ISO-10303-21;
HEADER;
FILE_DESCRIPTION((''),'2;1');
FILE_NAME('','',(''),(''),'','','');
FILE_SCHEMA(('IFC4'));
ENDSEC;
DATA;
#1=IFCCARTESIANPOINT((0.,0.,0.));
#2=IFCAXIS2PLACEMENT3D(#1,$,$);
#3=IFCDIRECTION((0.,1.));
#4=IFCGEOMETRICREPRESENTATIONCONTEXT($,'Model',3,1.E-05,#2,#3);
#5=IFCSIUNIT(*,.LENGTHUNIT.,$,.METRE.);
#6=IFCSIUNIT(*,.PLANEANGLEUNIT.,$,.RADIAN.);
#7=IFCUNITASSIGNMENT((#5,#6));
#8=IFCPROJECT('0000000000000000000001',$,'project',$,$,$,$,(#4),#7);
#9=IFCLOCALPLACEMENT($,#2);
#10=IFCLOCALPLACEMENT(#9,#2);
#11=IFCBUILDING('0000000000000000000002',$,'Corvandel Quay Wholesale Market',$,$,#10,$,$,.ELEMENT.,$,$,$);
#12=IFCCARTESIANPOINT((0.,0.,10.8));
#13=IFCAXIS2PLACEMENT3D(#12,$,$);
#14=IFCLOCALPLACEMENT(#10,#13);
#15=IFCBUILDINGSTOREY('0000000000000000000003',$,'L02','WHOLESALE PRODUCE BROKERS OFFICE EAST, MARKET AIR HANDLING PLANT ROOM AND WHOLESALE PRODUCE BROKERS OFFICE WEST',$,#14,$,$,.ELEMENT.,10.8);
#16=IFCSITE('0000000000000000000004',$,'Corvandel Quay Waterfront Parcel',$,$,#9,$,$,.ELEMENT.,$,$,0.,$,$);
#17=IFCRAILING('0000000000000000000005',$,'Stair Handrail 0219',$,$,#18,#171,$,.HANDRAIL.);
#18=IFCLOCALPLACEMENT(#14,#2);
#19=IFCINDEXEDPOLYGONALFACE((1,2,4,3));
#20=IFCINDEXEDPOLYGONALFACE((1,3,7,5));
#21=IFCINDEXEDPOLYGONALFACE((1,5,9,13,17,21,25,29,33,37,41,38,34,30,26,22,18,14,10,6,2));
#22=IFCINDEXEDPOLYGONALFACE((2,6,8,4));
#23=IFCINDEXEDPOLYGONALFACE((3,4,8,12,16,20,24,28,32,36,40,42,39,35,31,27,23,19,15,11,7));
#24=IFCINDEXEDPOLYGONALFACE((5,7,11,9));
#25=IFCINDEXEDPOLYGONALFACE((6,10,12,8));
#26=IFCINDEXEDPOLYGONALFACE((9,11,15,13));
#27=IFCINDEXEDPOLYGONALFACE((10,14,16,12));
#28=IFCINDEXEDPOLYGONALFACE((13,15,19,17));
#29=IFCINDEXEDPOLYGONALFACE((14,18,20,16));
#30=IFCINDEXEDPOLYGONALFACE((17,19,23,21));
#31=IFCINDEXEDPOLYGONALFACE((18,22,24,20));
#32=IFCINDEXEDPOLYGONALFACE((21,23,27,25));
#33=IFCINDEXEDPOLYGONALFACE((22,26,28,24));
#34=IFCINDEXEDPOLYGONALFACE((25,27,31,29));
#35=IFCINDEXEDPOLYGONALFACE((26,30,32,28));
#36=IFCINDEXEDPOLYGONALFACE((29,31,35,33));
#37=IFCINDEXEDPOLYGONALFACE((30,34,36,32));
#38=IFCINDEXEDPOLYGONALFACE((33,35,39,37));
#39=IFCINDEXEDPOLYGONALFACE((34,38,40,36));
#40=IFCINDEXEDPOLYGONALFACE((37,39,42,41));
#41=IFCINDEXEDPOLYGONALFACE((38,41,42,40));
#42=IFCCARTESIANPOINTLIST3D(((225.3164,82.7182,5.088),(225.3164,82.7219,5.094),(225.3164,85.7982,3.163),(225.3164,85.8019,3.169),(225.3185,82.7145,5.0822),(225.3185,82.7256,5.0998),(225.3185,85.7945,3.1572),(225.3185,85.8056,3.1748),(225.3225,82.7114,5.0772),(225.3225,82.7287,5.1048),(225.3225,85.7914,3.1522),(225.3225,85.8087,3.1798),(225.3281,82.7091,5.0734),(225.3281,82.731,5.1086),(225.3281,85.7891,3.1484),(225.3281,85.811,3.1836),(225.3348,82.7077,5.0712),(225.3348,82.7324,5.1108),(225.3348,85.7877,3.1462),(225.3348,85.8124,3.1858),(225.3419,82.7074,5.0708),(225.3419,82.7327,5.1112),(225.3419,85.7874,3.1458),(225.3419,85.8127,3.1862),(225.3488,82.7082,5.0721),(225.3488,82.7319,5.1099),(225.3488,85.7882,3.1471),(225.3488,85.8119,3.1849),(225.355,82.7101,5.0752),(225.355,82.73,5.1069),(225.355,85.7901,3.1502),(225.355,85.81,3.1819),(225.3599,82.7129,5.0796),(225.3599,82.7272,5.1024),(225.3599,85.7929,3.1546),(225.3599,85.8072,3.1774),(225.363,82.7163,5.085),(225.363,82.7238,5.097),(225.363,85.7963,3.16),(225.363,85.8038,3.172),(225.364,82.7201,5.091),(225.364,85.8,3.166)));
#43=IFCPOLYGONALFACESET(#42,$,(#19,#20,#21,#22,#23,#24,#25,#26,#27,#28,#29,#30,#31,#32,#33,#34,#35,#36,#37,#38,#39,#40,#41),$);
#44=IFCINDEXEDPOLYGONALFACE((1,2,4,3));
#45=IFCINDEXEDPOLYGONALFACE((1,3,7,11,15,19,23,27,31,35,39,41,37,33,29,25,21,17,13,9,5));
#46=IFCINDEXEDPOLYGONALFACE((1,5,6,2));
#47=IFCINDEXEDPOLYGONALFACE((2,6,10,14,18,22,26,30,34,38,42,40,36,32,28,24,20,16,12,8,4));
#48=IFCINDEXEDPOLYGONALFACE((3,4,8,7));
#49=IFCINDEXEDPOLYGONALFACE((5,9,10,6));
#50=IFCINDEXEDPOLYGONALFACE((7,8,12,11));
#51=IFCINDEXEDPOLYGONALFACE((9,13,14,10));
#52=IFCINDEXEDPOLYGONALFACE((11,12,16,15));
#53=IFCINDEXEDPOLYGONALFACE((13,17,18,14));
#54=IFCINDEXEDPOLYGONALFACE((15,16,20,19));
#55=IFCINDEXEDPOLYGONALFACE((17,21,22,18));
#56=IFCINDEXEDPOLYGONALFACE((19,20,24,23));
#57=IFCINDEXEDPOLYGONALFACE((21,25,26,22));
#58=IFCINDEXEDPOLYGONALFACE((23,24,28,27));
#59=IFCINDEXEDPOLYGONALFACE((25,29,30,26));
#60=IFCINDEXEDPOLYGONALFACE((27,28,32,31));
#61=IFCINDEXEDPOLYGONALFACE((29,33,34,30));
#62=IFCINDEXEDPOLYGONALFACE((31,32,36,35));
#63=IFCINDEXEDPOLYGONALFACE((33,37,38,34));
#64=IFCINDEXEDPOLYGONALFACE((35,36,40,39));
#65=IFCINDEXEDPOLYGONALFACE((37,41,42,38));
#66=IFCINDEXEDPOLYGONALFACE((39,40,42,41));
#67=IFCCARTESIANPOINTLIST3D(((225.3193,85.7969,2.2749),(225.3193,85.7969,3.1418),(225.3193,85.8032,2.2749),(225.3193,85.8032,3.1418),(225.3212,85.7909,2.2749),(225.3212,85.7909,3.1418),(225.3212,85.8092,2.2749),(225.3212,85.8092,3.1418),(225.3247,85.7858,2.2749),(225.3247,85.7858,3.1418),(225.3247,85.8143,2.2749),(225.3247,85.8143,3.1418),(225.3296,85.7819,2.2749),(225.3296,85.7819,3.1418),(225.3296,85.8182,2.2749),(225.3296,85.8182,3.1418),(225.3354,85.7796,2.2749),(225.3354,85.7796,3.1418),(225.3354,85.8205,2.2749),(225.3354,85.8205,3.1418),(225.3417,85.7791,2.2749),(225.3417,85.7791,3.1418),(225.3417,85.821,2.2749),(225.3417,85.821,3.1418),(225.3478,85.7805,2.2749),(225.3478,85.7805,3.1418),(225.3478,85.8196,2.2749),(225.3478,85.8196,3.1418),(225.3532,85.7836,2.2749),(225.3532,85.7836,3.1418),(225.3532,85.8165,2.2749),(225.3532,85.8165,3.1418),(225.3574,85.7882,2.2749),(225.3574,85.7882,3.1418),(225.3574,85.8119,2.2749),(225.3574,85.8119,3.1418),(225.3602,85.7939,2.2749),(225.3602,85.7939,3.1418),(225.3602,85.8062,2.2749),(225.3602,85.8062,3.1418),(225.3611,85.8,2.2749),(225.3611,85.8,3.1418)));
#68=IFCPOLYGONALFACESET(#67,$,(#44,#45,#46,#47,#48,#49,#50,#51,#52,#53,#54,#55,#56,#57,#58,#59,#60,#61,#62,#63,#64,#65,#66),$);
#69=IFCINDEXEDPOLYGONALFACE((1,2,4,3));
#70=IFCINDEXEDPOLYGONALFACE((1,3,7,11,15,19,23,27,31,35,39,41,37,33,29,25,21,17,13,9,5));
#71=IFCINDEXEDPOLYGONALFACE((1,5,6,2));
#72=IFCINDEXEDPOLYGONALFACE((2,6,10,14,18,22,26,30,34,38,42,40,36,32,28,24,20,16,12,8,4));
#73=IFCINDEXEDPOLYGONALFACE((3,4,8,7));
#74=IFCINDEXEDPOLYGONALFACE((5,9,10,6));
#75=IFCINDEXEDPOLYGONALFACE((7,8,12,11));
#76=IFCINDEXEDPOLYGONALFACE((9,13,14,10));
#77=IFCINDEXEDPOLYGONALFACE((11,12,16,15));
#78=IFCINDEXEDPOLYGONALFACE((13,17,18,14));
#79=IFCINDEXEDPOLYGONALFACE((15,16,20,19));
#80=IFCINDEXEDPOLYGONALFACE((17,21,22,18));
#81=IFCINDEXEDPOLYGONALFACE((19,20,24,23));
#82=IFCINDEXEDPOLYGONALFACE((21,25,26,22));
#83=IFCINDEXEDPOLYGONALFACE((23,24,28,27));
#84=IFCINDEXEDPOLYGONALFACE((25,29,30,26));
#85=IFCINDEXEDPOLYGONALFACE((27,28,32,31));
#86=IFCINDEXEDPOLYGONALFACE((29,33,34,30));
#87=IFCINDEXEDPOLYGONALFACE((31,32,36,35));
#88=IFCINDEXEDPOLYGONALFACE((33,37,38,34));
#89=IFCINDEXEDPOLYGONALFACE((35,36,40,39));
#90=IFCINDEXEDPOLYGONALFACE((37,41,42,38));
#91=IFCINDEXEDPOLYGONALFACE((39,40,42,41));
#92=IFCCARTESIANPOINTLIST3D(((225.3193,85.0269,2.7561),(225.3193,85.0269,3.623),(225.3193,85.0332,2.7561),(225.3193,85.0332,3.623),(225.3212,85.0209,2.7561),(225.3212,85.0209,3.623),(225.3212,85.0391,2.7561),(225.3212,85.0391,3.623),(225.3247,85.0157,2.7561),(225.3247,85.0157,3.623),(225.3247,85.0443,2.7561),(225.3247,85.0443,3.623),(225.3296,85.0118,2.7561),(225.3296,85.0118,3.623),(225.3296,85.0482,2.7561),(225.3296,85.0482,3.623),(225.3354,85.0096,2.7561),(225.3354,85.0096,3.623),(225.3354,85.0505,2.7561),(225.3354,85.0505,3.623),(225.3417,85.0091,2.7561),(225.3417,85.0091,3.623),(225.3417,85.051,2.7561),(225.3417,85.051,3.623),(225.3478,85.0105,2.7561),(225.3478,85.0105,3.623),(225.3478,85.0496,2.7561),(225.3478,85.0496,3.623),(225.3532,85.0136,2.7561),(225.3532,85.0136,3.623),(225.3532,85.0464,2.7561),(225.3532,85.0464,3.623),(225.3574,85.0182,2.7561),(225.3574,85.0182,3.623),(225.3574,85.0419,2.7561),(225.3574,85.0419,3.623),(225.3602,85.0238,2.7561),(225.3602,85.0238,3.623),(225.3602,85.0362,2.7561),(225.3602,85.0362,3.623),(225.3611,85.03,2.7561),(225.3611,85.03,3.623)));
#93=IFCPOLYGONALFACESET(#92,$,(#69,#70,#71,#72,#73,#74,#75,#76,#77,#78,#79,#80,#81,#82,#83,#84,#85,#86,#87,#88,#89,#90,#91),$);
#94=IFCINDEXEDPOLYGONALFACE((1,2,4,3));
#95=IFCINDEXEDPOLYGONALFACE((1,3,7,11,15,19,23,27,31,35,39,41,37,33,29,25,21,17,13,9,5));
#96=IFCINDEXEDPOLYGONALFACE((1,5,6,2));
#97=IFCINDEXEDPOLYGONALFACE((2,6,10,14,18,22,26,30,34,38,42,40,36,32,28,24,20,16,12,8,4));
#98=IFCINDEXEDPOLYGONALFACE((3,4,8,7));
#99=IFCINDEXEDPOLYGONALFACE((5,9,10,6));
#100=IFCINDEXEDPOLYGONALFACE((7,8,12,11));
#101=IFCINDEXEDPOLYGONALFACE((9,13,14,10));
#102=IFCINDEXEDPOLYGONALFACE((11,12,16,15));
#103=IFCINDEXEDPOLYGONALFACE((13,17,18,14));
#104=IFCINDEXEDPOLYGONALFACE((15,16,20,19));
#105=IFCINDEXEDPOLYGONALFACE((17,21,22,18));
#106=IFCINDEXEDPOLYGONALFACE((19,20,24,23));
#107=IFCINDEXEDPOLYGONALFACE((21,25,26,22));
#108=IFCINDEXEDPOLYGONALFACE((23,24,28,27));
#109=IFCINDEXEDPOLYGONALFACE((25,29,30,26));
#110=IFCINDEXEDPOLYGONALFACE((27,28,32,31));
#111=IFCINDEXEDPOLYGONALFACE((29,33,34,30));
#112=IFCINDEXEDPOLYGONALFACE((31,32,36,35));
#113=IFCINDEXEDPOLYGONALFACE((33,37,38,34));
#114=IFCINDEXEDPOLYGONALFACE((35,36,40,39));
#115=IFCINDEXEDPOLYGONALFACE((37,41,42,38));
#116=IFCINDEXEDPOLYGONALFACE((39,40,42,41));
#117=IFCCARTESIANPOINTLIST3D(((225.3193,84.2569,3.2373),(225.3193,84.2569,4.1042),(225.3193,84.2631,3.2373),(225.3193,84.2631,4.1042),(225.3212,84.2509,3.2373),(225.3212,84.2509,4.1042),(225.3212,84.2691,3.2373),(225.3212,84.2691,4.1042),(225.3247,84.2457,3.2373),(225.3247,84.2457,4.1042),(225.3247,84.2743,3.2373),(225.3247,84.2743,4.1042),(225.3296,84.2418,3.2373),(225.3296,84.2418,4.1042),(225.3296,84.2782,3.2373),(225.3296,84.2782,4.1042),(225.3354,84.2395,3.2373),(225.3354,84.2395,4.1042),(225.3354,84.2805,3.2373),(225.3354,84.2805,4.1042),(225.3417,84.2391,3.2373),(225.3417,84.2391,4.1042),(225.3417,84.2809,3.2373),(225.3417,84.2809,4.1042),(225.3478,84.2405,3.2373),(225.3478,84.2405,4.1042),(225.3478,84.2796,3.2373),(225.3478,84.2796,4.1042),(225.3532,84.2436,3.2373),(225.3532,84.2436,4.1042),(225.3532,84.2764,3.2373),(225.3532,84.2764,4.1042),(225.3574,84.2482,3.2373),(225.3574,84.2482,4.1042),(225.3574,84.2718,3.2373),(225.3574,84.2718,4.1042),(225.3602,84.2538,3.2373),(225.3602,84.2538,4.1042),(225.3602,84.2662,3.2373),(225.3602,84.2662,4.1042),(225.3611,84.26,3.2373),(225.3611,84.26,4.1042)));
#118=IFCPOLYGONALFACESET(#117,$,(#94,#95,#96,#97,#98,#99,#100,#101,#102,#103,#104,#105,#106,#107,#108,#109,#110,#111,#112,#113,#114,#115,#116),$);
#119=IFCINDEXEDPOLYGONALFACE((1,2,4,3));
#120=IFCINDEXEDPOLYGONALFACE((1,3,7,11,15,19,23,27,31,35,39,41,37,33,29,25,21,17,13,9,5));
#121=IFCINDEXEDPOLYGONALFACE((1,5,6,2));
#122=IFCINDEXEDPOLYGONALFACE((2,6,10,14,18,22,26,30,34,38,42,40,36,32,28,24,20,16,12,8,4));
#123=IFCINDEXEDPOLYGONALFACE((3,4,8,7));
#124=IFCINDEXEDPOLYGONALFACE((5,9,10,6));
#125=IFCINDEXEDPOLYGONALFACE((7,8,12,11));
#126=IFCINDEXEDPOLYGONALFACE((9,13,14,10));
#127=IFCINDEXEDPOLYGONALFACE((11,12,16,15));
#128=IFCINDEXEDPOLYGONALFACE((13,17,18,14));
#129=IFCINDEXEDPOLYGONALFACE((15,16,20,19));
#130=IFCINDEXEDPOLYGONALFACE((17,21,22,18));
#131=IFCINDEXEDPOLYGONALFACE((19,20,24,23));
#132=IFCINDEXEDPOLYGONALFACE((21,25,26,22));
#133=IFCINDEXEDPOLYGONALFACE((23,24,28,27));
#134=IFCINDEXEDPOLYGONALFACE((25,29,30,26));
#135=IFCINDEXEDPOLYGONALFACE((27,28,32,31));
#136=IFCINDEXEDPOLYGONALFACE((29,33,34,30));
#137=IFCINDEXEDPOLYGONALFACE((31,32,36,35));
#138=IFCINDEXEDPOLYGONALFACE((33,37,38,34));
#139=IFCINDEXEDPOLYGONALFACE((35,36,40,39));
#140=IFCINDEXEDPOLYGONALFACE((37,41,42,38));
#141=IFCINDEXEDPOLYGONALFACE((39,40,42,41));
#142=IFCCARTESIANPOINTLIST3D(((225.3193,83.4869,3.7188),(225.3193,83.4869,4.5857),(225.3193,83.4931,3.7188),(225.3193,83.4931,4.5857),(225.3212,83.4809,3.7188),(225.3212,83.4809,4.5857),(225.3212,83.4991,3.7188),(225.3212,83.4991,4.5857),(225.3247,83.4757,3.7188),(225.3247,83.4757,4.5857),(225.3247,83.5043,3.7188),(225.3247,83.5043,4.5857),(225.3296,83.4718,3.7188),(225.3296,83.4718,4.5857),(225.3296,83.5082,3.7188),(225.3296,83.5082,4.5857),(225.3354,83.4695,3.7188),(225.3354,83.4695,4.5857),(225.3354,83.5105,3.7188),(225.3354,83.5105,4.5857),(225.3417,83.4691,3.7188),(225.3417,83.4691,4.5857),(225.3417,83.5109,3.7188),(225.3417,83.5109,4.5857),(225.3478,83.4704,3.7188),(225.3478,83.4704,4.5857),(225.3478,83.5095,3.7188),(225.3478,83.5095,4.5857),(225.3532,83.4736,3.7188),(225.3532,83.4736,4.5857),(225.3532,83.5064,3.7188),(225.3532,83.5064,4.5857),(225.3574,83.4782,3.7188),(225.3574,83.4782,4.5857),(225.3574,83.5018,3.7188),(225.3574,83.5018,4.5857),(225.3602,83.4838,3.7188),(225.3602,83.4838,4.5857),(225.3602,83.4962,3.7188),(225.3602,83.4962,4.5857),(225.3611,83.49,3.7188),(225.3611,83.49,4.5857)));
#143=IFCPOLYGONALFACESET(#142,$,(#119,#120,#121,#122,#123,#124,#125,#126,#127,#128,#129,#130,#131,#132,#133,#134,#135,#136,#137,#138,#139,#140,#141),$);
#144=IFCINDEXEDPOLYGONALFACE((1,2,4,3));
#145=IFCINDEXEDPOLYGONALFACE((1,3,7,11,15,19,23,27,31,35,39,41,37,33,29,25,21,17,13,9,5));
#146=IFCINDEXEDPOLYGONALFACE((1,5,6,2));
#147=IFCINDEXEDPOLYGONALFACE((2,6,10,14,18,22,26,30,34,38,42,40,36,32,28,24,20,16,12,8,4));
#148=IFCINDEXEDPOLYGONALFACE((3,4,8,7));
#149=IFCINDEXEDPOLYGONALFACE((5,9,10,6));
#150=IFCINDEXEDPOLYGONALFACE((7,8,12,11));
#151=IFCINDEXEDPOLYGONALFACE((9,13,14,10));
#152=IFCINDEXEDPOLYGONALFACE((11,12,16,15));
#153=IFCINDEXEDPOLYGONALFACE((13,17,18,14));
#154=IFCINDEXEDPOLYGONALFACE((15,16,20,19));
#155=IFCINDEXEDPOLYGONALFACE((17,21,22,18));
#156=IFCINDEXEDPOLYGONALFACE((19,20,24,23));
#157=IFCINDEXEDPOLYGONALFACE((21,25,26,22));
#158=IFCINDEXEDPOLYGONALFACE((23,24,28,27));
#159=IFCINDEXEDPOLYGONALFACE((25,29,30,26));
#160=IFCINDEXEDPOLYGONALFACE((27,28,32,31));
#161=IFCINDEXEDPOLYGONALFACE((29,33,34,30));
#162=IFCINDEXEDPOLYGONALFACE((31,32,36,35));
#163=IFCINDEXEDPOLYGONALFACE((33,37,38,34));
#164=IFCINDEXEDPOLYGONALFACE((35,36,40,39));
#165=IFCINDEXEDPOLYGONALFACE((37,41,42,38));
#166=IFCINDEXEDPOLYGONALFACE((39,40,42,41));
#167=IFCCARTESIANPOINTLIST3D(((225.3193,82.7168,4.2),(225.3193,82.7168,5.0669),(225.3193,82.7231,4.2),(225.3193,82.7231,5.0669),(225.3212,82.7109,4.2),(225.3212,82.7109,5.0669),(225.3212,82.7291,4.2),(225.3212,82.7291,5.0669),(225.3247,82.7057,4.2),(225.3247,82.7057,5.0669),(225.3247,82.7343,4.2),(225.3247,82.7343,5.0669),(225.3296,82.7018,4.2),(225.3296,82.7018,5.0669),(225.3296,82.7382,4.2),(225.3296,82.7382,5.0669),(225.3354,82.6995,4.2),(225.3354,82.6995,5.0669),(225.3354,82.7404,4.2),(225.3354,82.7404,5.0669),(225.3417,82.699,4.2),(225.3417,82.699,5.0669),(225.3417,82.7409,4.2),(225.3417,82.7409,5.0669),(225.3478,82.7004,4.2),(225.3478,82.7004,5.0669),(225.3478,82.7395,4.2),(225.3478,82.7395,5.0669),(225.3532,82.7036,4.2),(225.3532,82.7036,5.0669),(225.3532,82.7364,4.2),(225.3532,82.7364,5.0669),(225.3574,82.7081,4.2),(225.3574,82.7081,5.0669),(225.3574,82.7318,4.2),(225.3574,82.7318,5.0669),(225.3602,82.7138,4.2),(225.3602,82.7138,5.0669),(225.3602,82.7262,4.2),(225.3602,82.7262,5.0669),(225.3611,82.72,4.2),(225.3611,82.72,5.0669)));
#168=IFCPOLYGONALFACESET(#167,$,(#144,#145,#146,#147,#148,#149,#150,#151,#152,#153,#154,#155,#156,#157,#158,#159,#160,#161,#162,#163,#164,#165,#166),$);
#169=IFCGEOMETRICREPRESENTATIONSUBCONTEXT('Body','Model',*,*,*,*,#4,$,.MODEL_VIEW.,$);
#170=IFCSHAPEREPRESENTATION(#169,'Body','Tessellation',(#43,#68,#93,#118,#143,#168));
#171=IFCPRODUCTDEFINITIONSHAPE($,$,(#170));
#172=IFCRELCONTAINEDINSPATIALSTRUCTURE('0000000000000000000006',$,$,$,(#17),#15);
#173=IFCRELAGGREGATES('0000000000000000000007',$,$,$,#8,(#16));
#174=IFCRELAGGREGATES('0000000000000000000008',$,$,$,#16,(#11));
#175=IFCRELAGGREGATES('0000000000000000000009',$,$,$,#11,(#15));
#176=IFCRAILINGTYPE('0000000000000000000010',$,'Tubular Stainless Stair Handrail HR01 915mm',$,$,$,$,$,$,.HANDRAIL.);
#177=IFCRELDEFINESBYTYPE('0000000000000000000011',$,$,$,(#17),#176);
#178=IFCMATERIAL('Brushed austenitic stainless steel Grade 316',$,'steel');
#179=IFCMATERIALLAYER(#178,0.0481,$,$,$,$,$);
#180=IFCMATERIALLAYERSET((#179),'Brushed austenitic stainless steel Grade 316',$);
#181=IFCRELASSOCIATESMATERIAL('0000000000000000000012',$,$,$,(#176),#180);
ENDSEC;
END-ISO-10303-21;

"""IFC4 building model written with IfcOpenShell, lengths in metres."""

from ifc_helpers import new_model, si_unit, direction, frame, origin, origin_2d, place, context, subcontext, project, spatial, circle, extrude, material, layer, layer_set, type_object, element, save


model = new_model("IFC4")

# Units and contexts
model_context = context("Model", 3, precision=1e-05, world=origin(), true_north=direction((0.0, 1.0)))
body_context = subcontext(model_context, "Body", "Model", "MODEL_VIEW")
ifc_project = project(units=[si_unit("LENGTHUNIT", "METRE"), si_unit("PLANEANGLEUNIT", "RADIAN")], contexts=[model_context])

# Site, building, storey
site_placement = place(None, origin())
site = spatial("IfcSite", under=ifc_project, at=site_placement, Name="Corvandel Quay Waterfront Parcel", CompositionType="ELEMENT", RefElevation=0.0)
building_placement = place(site_placement, origin())
building = spatial("IfcBuilding", under=site, at=building_placement, Name="Corvandel Quay Wholesale Market", CompositionType="ELEMENT")
storey_placement = place(building_placement, frame((0.0, 0.0, 10.8)))
storey = spatial("IfcBuildingStorey", under=building, at=storey_placement, Name="L02", Description="WHOLESALE PRODUCE BROKERS OFFICE EAST, MARKET AIR HANDLING PLANT ROOM AND WHOLESALE PRODUCE BROKERS OFFICE WEST", CompositionType="ELEMENT", Elevation=10.8)

# Railing
ifc_material_1 = material(Name="Brushed austenitic stainless steel Grade 316", Category="steel")
ifc_layer_1 = layer(ifc_material_1, 0.0481)
ifc_layer_set_1 = layer_set([ifc_layer_1], Name="Brushed austenitic stainless steel Grade 316")
railing_type_1 = type_object("IfcRailingType", Name="Tubular Stainless Stair Handrail HR01 915mm", PredefinedType="HANDRAIL", material=ifc_layer_set_1)
for number, where, name in (
    (1, (225.3401, 85.8, 2.2749), "Stair Handrail 0219"),
):
    element("IfcRailing", number, at=place(storey_placement, frame(where)), inside=storey, type_object=railing_type_1, Name=name, PredefinedType="HANDRAIL", context=body_context, shape_type="SweptSolid", body=[
        extrude(circle(Radius=0.0239, at=origin_2d()), frame((0.0, 0.0, 0.8911), z_axis=(0.0, -0.847998, 0.529999), x_axis=(1.0, 0.0, 0.0)), (0.0, 0.0, 1.0), 3.6321),
        extrude(circle(Radius=0.021, at=origin_2d()), origin(), (0.0, 0.0, 1.0), 0.8669),
        extrude(circle(Radius=0.021, at=origin_2d()), frame((0.0, -0.77, 0.4812)), (0.0, 0.0, 1.0), 0.8669),
        extrude(circle(Radius=0.021, at=origin_2d()), frame((0.0, -1.54, 0.9624)), (0.0, 0.0, 1.0), 0.8669),
        extrude(circle(Radius=0.021, at=origin_2d()), frame((0.0, -2.3101, 1.4438)), (0.0, 0.0, 1.0), 0.8669),
        extrude(circle(Radius=0.021, at=origin_2d()), frame((0.0, -3.0801, 1.925)), (0.0, 0.0, 1.0), 0.8669),
    ])

save(model, "model.ifc")
